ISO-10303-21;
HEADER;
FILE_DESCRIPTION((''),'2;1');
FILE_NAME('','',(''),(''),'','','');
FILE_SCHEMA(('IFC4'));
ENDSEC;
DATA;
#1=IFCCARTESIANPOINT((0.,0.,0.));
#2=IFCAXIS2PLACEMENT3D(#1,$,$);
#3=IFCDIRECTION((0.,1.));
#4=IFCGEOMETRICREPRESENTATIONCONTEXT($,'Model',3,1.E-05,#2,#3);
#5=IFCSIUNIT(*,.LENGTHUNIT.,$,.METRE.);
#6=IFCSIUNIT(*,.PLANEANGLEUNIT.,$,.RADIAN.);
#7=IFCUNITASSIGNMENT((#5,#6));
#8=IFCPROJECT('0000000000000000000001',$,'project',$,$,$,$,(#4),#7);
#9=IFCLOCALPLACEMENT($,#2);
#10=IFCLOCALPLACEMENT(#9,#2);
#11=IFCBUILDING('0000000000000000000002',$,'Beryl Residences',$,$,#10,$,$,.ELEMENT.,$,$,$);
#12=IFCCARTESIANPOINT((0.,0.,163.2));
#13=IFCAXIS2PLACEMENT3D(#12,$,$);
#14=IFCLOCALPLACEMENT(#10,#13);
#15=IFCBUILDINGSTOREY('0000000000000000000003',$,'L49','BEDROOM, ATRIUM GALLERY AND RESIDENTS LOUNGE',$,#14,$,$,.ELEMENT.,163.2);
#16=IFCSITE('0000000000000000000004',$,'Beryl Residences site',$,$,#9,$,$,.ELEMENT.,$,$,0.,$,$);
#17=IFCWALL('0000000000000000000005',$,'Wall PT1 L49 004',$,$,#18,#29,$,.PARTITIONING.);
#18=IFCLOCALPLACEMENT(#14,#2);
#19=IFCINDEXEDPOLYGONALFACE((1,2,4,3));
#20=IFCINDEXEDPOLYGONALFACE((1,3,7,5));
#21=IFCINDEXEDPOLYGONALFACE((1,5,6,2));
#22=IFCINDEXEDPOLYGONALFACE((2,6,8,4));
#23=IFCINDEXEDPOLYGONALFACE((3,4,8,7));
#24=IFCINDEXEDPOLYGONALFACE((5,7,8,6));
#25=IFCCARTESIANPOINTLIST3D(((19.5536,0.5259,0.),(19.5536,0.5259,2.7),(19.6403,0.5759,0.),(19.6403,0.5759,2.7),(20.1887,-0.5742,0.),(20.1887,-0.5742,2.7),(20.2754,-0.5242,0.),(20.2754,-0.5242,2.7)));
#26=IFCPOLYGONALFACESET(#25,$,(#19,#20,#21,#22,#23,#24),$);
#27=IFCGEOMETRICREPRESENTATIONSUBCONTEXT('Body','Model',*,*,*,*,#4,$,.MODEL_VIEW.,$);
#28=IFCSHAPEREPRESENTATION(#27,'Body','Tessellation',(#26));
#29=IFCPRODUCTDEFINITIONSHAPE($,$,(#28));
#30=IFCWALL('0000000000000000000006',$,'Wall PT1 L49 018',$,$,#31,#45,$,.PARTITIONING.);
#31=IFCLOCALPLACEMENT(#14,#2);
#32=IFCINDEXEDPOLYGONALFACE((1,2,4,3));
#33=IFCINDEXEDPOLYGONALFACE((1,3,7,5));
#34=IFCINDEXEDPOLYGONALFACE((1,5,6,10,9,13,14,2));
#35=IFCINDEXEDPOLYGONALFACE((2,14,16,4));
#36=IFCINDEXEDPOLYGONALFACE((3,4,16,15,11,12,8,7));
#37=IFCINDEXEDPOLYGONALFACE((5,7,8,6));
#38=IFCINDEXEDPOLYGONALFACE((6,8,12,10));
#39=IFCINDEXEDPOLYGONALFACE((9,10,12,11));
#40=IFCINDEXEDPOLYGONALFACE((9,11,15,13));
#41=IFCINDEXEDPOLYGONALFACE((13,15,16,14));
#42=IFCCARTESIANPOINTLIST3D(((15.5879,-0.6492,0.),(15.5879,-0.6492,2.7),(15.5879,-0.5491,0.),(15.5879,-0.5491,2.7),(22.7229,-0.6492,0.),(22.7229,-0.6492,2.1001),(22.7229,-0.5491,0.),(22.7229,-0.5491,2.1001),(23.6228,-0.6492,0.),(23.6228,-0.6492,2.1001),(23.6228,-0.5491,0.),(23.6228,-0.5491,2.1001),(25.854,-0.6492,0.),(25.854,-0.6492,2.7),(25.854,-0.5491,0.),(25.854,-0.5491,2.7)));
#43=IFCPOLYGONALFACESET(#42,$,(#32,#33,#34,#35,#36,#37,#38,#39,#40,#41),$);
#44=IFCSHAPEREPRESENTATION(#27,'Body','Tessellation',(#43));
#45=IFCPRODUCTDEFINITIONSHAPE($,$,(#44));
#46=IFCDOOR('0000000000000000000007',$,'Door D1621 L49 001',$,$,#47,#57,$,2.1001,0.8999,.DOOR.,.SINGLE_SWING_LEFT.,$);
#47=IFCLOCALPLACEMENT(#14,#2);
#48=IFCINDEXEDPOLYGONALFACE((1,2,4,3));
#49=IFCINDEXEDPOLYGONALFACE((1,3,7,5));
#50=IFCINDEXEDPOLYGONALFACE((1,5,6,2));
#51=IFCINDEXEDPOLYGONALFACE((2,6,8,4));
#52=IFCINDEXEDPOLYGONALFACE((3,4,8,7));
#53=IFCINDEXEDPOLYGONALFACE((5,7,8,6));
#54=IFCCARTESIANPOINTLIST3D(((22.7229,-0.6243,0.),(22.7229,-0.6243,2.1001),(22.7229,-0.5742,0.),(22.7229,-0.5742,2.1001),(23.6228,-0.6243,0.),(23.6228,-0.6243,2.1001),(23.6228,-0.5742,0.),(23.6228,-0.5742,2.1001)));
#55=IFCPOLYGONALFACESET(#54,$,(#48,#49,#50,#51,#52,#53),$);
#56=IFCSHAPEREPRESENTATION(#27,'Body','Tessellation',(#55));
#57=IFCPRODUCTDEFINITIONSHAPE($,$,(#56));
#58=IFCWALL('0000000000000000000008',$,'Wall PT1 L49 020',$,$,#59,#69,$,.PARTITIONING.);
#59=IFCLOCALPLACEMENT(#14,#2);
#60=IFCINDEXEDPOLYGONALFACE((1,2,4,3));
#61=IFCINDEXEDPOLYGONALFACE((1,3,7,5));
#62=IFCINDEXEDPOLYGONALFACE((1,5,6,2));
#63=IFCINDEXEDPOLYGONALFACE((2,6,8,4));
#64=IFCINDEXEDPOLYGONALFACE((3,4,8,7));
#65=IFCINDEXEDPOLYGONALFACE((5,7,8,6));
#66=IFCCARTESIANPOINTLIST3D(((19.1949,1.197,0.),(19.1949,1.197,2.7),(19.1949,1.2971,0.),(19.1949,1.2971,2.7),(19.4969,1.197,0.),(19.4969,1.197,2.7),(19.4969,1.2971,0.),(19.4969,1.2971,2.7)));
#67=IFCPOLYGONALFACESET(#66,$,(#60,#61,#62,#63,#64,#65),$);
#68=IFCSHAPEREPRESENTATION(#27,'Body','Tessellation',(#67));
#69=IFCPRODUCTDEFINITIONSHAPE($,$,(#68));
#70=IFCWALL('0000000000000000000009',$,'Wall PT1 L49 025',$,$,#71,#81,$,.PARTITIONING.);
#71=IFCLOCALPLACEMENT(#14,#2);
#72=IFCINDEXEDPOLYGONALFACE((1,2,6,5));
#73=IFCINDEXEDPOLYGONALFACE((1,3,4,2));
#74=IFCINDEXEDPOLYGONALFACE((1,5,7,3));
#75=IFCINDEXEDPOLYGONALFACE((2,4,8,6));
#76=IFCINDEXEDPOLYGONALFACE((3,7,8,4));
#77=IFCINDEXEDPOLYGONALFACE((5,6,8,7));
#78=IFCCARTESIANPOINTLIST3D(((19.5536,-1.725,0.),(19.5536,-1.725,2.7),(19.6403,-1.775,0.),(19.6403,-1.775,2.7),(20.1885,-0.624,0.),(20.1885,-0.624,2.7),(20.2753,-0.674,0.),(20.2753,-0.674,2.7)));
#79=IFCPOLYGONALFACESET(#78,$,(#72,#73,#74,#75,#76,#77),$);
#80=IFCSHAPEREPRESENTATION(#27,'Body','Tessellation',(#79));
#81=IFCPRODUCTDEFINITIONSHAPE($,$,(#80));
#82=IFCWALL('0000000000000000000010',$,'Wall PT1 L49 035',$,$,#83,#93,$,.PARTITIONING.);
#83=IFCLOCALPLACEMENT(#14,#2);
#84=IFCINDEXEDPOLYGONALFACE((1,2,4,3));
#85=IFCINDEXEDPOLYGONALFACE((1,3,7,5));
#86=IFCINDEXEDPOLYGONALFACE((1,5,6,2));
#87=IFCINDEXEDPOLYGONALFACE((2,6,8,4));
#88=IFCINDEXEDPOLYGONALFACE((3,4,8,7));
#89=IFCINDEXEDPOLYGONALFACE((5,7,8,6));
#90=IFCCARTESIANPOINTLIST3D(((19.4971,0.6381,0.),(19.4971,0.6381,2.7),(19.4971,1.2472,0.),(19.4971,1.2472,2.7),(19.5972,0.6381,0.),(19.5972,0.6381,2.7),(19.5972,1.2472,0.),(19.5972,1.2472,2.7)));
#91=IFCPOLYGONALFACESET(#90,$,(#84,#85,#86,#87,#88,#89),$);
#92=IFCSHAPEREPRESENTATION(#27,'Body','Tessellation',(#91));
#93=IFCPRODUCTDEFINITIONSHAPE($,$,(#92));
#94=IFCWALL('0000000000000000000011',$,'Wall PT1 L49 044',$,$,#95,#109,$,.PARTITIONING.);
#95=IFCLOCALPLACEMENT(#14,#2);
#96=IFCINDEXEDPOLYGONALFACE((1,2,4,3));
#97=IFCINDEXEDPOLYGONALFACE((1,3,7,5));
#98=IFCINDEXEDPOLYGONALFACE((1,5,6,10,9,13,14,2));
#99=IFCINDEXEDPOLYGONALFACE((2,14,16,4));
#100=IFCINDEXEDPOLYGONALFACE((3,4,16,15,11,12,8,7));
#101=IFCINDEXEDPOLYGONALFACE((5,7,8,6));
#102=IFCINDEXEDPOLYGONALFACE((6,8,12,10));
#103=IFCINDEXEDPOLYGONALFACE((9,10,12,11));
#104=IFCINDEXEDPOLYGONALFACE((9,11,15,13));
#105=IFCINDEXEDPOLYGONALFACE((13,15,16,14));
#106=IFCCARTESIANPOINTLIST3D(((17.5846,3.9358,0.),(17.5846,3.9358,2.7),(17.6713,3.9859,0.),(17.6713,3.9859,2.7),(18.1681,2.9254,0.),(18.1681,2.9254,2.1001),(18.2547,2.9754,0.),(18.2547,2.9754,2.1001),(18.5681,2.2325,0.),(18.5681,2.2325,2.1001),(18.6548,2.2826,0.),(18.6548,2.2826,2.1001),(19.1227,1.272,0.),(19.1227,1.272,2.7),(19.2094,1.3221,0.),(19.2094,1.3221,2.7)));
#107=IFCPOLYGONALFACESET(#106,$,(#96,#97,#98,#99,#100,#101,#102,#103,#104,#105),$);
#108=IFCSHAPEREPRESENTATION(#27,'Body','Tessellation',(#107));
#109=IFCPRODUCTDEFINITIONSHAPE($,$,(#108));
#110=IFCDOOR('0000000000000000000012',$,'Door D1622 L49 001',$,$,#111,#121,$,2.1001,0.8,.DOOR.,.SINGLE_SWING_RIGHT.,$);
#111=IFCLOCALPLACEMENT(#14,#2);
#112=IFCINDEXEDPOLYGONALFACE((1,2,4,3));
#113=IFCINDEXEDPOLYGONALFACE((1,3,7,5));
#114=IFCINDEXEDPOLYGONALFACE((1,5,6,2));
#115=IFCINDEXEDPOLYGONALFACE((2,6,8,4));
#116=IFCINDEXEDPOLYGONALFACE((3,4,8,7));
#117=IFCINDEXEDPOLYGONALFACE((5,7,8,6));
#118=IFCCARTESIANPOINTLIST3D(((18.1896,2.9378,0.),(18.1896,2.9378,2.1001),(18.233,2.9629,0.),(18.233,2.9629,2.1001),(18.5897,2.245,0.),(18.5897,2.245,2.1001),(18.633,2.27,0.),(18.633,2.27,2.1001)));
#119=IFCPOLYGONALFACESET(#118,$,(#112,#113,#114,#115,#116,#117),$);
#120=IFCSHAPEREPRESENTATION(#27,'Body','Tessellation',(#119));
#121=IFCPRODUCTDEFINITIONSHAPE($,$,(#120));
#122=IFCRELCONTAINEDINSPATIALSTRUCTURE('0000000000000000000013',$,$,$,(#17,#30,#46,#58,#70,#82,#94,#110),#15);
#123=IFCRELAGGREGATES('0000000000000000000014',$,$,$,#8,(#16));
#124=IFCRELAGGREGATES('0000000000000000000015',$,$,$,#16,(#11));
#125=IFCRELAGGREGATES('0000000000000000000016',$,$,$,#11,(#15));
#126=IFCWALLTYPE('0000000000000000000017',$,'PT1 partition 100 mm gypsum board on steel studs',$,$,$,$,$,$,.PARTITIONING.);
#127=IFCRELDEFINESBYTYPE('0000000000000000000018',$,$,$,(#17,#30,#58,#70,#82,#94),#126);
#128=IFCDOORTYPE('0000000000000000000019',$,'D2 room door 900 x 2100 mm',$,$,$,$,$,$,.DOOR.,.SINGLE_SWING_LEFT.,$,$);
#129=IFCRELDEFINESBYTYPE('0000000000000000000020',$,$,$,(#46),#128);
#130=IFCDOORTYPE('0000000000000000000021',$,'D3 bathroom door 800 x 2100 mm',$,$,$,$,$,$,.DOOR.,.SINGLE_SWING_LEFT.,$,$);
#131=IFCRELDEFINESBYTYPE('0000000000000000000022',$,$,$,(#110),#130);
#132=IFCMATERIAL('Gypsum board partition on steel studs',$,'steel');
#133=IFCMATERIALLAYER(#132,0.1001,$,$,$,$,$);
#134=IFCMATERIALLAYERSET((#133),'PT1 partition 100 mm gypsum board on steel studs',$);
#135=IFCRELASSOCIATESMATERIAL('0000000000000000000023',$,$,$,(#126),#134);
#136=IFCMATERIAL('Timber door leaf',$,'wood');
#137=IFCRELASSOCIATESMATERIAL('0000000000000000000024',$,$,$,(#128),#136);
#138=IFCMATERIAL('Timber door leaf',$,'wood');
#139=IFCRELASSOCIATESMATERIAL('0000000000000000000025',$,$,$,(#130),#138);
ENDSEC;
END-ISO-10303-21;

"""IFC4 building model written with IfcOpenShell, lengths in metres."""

from ifc_helpers import new_model, si_unit, direction, frame, frame_2d, origin, place, context, subcontext, project, spatial, rectangle, extrude, material, layer, layer_set, type_object, element, fill, save


model = new_model("IFC4")

# Units and contexts
model_context = context("Model", 3, precision=1e-05, world=origin(), true_north=direction((0.0, 1.0)))
body_context = subcontext(model_context, "Body", "Model", "MODEL_VIEW")
ifc_project = project(units=[si_unit("LENGTHUNIT", "METRE"), si_unit("PLANEANGLEUNIT", "RADIAN")], contexts=[model_context])

# Site, building, storey
site_placement = place(None, origin())
site = spatial("IfcSite", under=ifc_project, at=site_placement, Name="Beryl Residences site", CompositionType="ELEMENT", RefElevation=0.0)
building_placement = place(site_placement, origin())
building = spatial("IfcBuilding", under=site, at=building_placement, Name="Beryl Residences", CompositionType="ELEMENT")
storey_placement = place(building_placement, frame((0.0, 0.0, 163.2)))
storey = spatial("IfcBuildingStorey", under=building, at=storey_placement, Name="L49", Description="BEDROOM, ATRIUM GALLERY AND RESIDENTS LOUNGE", CompositionType="ELEMENT", Elevation=163.2)

# Wall
ifc_material_1 = material(Name="Gypsum board partition on steel studs", Category="steel")
ifc_layer_1 = layer(ifc_material_1, 0.1001)
ifc_layer_set_1 = layer_set([ifc_layer_1], Name="PT1 partition 100 mm gypsum board on steel studs")
wall_type_1 = type_object("IfcWallType", Name="PT1 partition 100 mm gypsum board on steel studs", PredefinedType="PARTITIONING", material=ifc_layer_set_1)
wall_1_placement = place(storey_placement, frame((19.5969, 0.551, 0.0), z_axis=(0.0, 0.0, 1.0), x_axis=(0.499922, -0.86607, 0.0)))
element("IfcWall", 1, at=wall_1_placement, inside=storey, type_object=wall_type_1, Name="Wall PT1 L49 004", PredefinedType="PARTITIONING", context=body_context, shape_type="SweptSolid", body=[
    extrude(rectangle(XDim=1.2703, YDim=0.1001, at=frame_2d((0.6353, 0.0))), origin(), (0.0, 0.0, 1.0), 2.7),
])

# Wall, opening, door
wall_2_placement = place(storey_placement, frame((15.5879, -0.5991, 0.0), z_axis=(0.0, 0.0, 1.0), x_axis=(1.0, 0.0, 0.0)))
wall_2 = element("IfcWall", 2, at=wall_2_placement, inside=storey, type_object=wall_type_1, Name="Wall PT1 L49 018", PredefinedType="PARTITIONING", context=body_context, shape_type="SweptSolid", body=[
    extrude(rectangle(XDim=10.2661, YDim=0.1001, at=frame_2d((5.1331, 0.0))), origin(), (0.0, 0.0, 1.0), 2.7),
])
opening_1_placement = place(wall_2_placement, frame((7.135, 0.0, 0.0)))
opening_1 = element("IfcOpeningElement", 3, at=opening_1_placement, cuts=wall_2, PredefinedType="OPENING", context=body_context, shape_type="SweptSolid", body=[
    extrude(rectangle(XDim=0.8999, YDim=2.1001, at=frame_2d((0.45, 1.05))), frame((0.0, 0.0601, 0.0), z_axis=(0.0, -1.0, 0.0), x_axis=(1.0, 0.0, 0.0)), (0.0, 0.0, 1.0), 0.1201),
])
ifc_material_2 = material(Name="Timber door leaf", Category="wood")
door_type_1 = type_object("IfcDoorType", Name="D2 room door 900 x 2100 mm", OperationType="SINGLE_SWING_LEFT", PredefinedType="DOOR", material=ifc_material_2)
door_1_placement = place(opening_1_placement, origin())
door_1 = element("IfcDoor", 4, at=door_1_placement, inside=storey, type_object=door_type_1, Name="Door D1621 L49 001", OperationType="SINGLE_SWING_LEFT", OverallHeight=2.1001, OverallWidth=0.8999, PredefinedType="DOOR", context=body_context, shape_type="SweptSolid", body=[
    extrude(rectangle(XDim=0.8999, YDim=2.1001, at=frame_2d((0.45, 1.05))), frame((0.0, 0.0249, 0.0), z_axis=(0.0, -1.0, 0.0), x_axis=(1.0, 0.0, 0.0)), (0.0, 0.0, 1.0), 0.05),
])
fill(opening_1, door_1)

# Walls
wall_3_placement = place(storey_placement, frame((19.1951, 1.2471, 0.0), z_axis=(0.0, 0.0, 1.0), x_axis=(1.0, 0.0, 0.0)))
element("IfcWall", 5, at=wall_3_placement, inside=storey, type_object=wall_type_1, Name="Wall PT1 L49 020", PredefinedType="PARTITIONING", context=body_context, shape_type="SweptSolid", body=[
    extrude(rectangle(XDim=0.302, YDim=0.1001, at=frame_2d((0.1509, 0.0))), origin(), (0.0, 0.0, 1.0), 2.7),
])
wall_4_placement = place(storey_placement, frame((19.5969, -1.75, 0.0), z_axis=(0.0, 0.0, 1.0), x_axis=(0.499589, 0.866262, 0.0)))
element("IfcWall", 6, at=wall_4_placement, inside=storey, type_object=wall_type_1, Name="Wall PT1 L49 025", PredefinedType="PARTITIONING", context=body_context, shape_type="SweptSolid", body=[
    extrude(rectangle(XDim=1.271, YDim=0.1001, at=frame_2d((0.6355, 0.0))), origin(), (0.0, 0.0, 1.0), 2.7),
])
wall_5_placement = place(storey_placement, frame((19.5471, 0.6379, 0.0), z_axis=(0.0, 0.0, 1.0), x_axis=(0.0, 1.0, 0.0)))
element("IfcWall", 7, at=wall_5_placement, inside=storey, type_object=wall_type_1, Name="Wall PT1 L49 035", PredefinedType="PARTITIONING", context=body_context, shape_type="SweptSolid", body=[
    extrude(rectangle(XDim=0.6091, YDim=0.1001, at=frame_2d((0.3047, 0.0))), origin(), (0.0, 0.0, 1.0), 2.7),
])

# Wall, opening, door
wall_6_placement = place(storey_placement, frame((17.6279, 3.9609, 0.0), z_axis=(0.0, 0.0, 1.0), x_axis=(0.500032, -0.866007, 0.0)))
wall_6 = element("IfcWall", 8, at=wall_6_placement, inside=storey, type_object=wall_type_1, Name="Wall PT1 L49 044", PredefinedType="PARTITIONING", context=body_context, shape_type="SweptSolid", body=[
    extrude(rectangle(XDim=3.0759, YDim=0.1001, at=frame_2d((1.5381, 0.0))), origin(), (0.0, 0.0, 1.0), 2.7),
])
opening_2_placement = place(wall_6_placement, frame((1.167, 0.0, 0.0)))
opening_2 = element("IfcOpeningElement", 9, at=opening_2_placement, cuts=wall_6, PredefinedType="OPENING", context=body_context, shape_type="SweptSolid", body=[
    extrude(rectangle(XDim=0.8, YDim=2.1001, at=frame_2d((0.3999, 1.05))), frame((0.0, 0.0601, 0.0), z_axis=(0.0, -1.0, 0.0), x_axis=(1.0, 0.0, 0.0)), (0.0, 0.0, 1.0), 0.1201),
])
ifc_material_3 = material(Name="Timber door leaf", Category="wood")
door_type_2 = type_object("IfcDoorType", Name="D3 bathroom door 800 x 2100 mm", OperationType="SINGLE_SWING_LEFT", PredefinedType="DOOR", material=ifc_material_3)
door_2_placement = place(opening_2_placement, origin())
door_2 = element("IfcDoor", 10, at=door_2_placement, inside=storey, type_object=door_type_2, Name="Door D1622 L49 001", OperationType="SINGLE_SWING_RIGHT", OverallHeight=2.1001, OverallWidth=0.8, PredefinedType="DOOR", context=body_context, shape_type="SweptSolid", body=[
    extrude(rectangle(XDim=0.8, YDim=2.1001, at=frame_2d((0.3999, 1.05))), frame((0.0, 0.0249, 0.0), z_axis=(0.0, -1.0, 0.0), x_axis=(1.0, 0.0, 0.0)), (0.0, 0.0, 1.0), 0.05),
])
fill(opening_2, door_2)

save(model, "model.ifc")
